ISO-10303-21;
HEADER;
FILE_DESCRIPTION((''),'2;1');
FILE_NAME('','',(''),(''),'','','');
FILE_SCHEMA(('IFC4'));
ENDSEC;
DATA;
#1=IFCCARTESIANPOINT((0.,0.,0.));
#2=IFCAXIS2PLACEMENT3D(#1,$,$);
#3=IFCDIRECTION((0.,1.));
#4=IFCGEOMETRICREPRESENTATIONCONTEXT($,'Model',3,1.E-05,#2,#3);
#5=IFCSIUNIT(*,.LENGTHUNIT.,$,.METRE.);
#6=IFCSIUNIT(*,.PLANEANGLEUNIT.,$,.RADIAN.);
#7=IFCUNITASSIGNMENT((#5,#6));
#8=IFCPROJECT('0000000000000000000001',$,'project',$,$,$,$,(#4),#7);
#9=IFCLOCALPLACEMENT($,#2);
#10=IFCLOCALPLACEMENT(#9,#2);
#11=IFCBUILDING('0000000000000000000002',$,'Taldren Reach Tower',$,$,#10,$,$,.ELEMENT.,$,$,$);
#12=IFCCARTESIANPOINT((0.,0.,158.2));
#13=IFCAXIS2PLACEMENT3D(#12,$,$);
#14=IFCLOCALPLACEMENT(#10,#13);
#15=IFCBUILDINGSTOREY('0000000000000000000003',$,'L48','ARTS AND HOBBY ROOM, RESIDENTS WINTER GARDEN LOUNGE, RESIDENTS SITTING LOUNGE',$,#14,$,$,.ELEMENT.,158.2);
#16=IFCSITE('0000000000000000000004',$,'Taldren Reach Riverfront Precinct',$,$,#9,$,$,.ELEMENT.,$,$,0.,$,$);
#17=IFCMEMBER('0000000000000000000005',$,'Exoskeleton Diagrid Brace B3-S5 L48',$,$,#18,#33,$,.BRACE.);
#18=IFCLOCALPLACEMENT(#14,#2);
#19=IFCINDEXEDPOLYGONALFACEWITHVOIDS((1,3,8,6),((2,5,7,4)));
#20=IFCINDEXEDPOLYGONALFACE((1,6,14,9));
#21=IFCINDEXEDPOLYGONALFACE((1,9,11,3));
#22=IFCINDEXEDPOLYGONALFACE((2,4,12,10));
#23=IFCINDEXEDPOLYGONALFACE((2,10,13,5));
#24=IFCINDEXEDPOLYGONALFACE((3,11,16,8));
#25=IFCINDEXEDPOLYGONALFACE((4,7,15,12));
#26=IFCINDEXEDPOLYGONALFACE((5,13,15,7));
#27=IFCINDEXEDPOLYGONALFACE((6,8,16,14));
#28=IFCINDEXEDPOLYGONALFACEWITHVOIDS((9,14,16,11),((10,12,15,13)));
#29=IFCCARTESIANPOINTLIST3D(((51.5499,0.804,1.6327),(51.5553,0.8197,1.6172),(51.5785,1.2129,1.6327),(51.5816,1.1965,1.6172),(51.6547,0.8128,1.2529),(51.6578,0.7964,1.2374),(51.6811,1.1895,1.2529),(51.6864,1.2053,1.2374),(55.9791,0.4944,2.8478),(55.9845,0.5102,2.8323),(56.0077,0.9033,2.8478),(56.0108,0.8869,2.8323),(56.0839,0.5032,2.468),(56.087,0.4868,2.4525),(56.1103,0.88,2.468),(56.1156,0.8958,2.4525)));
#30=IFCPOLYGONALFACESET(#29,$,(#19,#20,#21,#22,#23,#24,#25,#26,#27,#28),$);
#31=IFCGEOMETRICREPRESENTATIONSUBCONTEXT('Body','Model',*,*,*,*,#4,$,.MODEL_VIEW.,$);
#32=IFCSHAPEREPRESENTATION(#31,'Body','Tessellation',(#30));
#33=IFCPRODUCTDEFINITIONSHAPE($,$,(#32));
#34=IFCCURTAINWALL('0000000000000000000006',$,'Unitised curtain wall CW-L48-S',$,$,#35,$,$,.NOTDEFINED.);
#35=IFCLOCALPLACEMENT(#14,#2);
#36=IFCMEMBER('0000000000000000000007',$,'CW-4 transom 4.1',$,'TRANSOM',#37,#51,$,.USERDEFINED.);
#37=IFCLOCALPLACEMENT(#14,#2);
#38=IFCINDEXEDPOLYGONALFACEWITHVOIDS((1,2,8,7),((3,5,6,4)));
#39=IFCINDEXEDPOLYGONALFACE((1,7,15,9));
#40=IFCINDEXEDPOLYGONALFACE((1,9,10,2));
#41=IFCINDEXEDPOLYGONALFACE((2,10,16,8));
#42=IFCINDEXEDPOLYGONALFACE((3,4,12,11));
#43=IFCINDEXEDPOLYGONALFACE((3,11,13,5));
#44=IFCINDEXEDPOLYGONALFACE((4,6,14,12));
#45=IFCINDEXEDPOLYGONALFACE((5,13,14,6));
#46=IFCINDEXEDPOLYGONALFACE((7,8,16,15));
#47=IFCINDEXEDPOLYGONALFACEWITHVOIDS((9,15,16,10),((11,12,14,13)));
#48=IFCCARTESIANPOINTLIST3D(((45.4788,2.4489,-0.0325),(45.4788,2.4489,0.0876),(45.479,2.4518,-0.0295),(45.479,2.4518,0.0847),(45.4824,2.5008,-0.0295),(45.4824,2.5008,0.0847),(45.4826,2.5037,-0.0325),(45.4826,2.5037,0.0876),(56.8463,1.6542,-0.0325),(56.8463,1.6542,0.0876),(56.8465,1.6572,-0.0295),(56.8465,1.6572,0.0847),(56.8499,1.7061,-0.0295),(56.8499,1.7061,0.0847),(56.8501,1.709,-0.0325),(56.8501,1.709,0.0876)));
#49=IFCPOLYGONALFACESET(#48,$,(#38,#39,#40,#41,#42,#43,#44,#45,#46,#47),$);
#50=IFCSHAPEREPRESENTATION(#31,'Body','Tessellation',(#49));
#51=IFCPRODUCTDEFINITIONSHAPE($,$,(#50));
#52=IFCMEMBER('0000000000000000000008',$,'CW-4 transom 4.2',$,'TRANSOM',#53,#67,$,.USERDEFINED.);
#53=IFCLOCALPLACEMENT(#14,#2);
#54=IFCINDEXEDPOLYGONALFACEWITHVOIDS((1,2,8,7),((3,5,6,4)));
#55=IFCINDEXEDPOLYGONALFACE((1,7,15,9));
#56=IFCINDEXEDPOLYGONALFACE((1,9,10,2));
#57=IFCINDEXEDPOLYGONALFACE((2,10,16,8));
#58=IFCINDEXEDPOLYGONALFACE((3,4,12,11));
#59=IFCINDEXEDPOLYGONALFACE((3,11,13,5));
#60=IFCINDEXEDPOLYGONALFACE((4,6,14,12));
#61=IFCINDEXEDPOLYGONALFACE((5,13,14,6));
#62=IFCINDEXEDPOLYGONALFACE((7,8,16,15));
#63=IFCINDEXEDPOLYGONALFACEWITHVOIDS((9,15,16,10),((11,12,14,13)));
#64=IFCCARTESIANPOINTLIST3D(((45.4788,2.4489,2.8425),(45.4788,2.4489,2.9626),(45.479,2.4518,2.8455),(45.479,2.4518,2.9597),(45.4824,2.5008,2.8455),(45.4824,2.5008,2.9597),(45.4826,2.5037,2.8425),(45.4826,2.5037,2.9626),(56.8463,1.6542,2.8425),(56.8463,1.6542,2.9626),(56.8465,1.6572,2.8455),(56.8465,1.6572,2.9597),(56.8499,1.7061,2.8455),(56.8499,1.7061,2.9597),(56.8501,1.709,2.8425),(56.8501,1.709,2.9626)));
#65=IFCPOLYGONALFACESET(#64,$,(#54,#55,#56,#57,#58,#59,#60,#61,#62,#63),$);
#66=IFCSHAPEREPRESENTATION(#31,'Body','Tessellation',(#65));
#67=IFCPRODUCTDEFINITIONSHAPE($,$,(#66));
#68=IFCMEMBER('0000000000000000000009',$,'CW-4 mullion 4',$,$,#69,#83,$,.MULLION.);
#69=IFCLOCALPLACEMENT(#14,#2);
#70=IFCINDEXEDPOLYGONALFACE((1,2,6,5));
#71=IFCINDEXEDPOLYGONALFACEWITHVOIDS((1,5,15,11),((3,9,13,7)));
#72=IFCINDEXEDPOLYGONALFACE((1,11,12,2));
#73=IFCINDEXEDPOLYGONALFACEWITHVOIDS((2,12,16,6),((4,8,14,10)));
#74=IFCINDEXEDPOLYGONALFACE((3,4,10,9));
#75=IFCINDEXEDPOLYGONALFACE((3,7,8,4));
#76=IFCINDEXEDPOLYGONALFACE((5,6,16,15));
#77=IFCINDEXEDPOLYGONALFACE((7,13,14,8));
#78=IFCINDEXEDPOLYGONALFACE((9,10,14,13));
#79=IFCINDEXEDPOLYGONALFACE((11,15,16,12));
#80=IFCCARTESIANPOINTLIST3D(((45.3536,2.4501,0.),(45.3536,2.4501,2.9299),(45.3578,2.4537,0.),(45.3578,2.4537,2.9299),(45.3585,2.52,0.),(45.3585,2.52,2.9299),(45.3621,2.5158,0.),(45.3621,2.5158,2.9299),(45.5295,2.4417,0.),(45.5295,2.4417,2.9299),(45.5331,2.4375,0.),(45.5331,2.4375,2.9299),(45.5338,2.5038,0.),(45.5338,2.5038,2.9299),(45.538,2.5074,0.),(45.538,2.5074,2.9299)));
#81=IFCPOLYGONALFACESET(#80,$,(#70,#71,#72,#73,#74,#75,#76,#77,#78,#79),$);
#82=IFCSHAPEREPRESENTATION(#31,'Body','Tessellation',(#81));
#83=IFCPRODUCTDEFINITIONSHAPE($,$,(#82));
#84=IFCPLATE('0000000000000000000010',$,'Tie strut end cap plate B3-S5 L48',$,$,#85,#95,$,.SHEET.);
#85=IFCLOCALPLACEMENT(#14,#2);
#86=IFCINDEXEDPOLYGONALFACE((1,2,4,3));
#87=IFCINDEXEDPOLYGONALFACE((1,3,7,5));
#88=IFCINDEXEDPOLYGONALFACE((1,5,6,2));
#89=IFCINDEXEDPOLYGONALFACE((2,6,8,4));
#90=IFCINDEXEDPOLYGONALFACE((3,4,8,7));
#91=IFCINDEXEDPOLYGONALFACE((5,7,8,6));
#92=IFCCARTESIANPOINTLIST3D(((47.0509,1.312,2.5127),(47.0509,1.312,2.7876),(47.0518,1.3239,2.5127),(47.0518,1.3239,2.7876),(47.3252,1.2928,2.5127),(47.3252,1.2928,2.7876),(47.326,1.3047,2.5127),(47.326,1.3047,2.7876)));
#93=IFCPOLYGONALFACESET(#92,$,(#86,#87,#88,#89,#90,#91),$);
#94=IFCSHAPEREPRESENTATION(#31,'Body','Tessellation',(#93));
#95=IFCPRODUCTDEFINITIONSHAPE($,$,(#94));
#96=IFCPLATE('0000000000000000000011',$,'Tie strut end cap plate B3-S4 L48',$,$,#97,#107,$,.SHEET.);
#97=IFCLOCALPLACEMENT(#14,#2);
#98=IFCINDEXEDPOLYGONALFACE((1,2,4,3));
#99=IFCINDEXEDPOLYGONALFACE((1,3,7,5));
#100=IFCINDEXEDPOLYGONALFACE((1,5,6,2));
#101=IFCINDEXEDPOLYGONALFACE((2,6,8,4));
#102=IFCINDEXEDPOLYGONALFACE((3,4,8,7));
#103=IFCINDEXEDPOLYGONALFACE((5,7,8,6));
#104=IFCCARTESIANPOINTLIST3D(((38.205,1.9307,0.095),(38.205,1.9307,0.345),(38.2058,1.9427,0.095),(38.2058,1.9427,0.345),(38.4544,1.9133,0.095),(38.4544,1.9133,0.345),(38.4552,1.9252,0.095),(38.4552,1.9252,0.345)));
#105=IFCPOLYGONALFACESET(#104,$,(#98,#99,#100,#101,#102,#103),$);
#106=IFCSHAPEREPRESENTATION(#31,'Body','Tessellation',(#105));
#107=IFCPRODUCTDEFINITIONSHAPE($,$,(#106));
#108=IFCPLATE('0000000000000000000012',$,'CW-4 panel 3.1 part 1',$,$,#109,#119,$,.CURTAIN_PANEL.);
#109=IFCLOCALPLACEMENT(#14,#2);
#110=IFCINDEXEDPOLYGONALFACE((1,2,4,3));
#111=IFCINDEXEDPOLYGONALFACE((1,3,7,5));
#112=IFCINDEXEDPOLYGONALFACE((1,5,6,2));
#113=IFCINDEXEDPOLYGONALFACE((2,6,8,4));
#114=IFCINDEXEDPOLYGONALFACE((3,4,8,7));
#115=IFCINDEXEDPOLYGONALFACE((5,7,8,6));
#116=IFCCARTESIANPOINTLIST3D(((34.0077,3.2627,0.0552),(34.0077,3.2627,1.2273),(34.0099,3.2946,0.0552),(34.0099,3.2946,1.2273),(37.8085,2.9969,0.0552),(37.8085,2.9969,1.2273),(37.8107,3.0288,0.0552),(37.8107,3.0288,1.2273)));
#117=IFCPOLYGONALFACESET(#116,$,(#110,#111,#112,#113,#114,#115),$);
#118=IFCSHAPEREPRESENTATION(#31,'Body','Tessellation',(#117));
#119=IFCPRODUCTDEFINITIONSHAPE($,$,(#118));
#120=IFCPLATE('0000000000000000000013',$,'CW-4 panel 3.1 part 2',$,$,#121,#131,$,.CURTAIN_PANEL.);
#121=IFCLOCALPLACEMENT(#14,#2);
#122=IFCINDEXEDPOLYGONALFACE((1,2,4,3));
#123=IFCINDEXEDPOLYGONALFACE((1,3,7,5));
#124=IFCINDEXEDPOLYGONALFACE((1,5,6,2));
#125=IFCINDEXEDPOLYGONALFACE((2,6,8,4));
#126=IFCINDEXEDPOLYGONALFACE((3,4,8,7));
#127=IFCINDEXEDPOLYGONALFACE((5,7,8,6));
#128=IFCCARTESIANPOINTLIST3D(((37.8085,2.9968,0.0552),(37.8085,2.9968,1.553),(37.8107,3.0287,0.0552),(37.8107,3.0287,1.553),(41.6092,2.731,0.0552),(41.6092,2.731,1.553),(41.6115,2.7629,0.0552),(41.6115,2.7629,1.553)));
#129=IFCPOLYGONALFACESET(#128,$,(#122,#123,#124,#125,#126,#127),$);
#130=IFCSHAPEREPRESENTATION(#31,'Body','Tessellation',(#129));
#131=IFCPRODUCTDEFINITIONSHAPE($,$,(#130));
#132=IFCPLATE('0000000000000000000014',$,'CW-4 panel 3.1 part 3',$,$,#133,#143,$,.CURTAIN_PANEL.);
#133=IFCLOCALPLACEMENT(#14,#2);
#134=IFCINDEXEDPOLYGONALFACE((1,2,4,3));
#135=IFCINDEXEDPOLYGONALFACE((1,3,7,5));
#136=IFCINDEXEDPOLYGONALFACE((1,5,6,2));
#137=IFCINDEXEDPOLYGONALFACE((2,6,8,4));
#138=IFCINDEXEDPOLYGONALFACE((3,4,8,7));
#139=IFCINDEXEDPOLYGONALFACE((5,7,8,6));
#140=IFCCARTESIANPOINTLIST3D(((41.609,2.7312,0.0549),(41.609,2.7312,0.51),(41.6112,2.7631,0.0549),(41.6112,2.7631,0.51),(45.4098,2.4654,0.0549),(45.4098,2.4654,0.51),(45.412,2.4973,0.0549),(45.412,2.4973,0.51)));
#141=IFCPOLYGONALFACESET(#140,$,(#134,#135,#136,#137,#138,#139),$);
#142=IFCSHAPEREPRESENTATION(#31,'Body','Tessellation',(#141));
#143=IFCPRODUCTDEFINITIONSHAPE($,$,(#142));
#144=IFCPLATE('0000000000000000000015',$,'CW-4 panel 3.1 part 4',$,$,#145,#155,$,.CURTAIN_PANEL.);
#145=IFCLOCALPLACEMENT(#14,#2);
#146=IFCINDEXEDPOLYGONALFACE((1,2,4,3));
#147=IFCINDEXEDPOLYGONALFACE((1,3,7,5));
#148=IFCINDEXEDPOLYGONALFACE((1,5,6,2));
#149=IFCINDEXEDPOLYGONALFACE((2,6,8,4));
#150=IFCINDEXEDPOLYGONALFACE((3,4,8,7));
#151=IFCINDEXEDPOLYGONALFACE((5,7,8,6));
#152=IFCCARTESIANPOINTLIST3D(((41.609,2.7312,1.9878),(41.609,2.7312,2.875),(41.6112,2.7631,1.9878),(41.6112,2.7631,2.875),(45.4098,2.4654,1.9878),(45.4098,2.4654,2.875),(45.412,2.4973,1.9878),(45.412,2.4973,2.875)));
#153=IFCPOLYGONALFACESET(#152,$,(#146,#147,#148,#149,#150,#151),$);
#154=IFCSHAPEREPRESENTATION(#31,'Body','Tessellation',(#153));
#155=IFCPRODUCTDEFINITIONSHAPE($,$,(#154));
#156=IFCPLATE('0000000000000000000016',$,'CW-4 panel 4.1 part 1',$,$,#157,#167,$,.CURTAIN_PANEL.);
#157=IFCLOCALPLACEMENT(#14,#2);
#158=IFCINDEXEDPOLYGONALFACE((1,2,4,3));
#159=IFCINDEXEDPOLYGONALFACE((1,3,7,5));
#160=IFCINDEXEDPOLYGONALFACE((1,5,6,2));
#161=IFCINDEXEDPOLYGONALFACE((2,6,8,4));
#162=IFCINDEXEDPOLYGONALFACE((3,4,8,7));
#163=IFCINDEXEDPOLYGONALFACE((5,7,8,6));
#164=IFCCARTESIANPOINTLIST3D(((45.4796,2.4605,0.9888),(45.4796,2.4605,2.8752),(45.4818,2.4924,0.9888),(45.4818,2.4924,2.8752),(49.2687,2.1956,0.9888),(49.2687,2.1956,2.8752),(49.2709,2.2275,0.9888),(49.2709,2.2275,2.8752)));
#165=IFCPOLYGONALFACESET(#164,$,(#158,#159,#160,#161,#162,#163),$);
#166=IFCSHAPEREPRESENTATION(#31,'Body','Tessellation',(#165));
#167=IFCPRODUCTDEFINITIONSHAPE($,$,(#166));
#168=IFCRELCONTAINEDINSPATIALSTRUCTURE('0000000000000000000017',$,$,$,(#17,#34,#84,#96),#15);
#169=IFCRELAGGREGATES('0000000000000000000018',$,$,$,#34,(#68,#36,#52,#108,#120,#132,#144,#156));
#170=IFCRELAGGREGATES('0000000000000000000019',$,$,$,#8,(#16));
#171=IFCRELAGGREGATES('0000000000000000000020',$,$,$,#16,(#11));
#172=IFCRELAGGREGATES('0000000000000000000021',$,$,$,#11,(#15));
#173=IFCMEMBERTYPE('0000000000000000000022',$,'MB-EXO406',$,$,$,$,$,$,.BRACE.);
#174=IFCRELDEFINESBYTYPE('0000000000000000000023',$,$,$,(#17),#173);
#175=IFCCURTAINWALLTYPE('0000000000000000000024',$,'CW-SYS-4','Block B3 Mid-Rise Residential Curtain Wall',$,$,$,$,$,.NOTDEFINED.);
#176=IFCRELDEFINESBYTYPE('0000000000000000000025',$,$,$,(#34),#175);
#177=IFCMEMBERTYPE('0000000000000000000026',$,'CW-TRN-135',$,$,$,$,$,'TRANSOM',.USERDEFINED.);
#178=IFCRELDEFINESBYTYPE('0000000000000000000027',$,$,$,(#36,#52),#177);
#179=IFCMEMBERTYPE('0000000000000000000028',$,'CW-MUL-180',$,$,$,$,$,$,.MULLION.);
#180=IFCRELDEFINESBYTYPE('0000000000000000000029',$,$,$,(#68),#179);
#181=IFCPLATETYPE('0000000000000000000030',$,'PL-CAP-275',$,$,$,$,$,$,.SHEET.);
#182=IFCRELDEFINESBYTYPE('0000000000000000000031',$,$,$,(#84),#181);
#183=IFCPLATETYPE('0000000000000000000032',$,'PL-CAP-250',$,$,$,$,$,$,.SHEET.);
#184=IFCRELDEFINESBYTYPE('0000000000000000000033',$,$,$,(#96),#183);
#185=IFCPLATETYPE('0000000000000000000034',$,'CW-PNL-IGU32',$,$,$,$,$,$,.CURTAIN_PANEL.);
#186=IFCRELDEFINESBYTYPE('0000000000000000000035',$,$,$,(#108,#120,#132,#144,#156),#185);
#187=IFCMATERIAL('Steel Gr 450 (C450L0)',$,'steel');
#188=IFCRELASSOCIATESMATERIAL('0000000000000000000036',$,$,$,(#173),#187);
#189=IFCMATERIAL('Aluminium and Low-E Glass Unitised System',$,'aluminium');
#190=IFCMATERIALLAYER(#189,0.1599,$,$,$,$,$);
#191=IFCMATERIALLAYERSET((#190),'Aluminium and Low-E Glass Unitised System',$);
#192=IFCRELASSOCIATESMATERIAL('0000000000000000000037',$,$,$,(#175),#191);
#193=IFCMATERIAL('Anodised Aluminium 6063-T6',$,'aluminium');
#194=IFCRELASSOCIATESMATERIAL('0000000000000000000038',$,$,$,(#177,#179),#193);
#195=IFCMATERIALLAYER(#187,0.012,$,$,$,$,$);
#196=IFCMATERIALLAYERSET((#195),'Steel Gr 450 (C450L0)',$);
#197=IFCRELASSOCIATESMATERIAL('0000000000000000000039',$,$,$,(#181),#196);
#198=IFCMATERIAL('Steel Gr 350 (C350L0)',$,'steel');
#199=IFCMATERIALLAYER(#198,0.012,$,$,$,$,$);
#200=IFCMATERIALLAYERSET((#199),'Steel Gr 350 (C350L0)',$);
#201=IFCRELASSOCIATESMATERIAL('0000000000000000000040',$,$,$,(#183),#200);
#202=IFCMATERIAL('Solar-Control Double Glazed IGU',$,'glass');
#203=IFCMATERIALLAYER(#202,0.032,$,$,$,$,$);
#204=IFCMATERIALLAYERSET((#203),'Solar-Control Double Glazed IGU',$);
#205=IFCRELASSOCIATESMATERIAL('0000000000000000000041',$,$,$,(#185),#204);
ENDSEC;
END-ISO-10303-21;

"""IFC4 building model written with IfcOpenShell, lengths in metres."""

from ifc_helpers import new_model, si_unit, direction, frame, origin, origin_2d, place, context, subcontext, project, spatial, rectangle, hollow_rectangle, extrude, source, transform, mapped, material, layer, layer_set, material_profile, profile_set, type_object, element, aggregate, save


model = new_model("IFC4")

# Units and contexts
model_context = context("Model", 3, precision=1e-05, world=origin(), true_north=direction((0.0, 1.0)))
body_context = subcontext(model_context, "Body", "Model", "MODEL_VIEW")
ifc_project = project(units=[si_unit("LENGTHUNIT", "METRE"), si_unit("PLANEANGLEUNIT", "RADIAN")], contexts=[model_context])

# Site, building, storey
site_placement = place(None, origin())
site = spatial("IfcSite", under=ifc_project, at=site_placement, Name="Taldren Reach Riverfront Precinct", CompositionType="ELEMENT", RefElevation=0.0)
building_placement = place(site_placement, origin())
building = spatial("IfcBuilding", under=site, at=building_placement, Name="Taldren Reach Tower", CompositionType="ELEMENT")
storey_placement = place(building_placement, frame((0.0, 0.0, 158.2)))
storey = spatial("IfcBuildingStorey", under=building, at=storey_placement, Name="L48", Description="ARTS AND HOBBY ROOM, RESIDENTS WINTER GARDEN LOUNGE, RESIDENTS SITTING LOUNGE", CompositionType="ELEMENT", Elevation=158.2)

# Shared definitions
ifc_material_1 = material(Name="Steel Gr 450 (C450L0)", Category="steel")
ifc_material_2 = material(Name="Steel Gr 350 (C350L0)", Category="steel")

# Member
ifc_material_profile_1 = material_profile(ifc_material_1, hollow_rectangle(XDim=0.4099, YDim=0.4099, WallThickness=0.0161, at=origin_2d()), Name="410x410x16.0SHS")
ifc_profile_set_1 = profile_set([ifc_material_profile_1], Name="Steel Gr 450 (C450L0)")
member_type_1 = type_object("IfcMemberType", Name="MB-EXO406", PredefinedType="BRACE", material=ifc_profile_set_1)
shared_shape_1 = source(origin(), body_context, "Body", "SweptSolid", [
    extrude(hollow_rectangle(XDim=0.4099, YDim=0.4099, WallThickness=0.0161, at=origin_2d()), origin(), (0.0, 0.0, 1.0), 4.6033),
])
for number, where, z_axis, x_axis, name in (
    (1, (51.6182, 1.0046, 1.4351), (0.962186, -0.06725, 0.263962), (0.069723, 0.997566, 0.0), "Exoskeleton Diagrid Brace B3-S5 L48"),
):
    element("IfcMember", number, at=place(storey_placement, frame(where, z_axis=z_axis, x_axis=x_axis)), inside=storey, type_object=member_type_1, Name=name, PredefinedType="BRACE", context=body_context, shape_type="MappedRepresentation", body=[
        mapped(shared_shape_1, transform((0.0, 0.0, 0.0), scale=1.0)),
    ])

# Curtain wall, members
ifc_material_3 = material(Name="Aluminium and Low-E Glass Unitised System", Category="aluminium")
ifc_layer_1 = layer(ifc_material_3, 0.1599)
ifc_layer_set_1 = layer_set([ifc_layer_1], Name="Aluminium and Low-E Glass Unitised System")
curtain_wall_type = type_object("IfcCurtainWallType", Name="CW-SYS-4", Description="Block B3 Mid-Rise Residential Curtain Wall", PredefinedType="NOTDEFINED", material=ifc_layer_set_1)
curtain_wall_placement = place(storey_placement, origin())
curtain_wall = element("IfcCurtainWall", 2, at=curtain_wall_placement, inside=storey, type_object=curtain_wall_type, Name="Unitised curtain wall CW-L48-S", PredefinedType="NOTDEFINED")
ifc_material_4 = material(Name="Anodised Aluminium 6063-T6", Category="aluminium")
ifc_material_profile_2 = material_profile(ifc_material_4, hollow_rectangle(XDim=0.0549, YDim=0.1201, WallThickness=0.0029, at=origin_2d()), Name="ALU-120x55x3RHS")
ifc_profile_set_2 = profile_set([ifc_material_profile_2], Name="Anodised Aluminium 6063-T6")
member_type_2 = type_object("IfcMemberType", Name="CW-TRN-135", ElementType="TRANSOM", PredefinedType="USERDEFINED", material=ifc_profile_set_2)
shared_shape_2 = source(origin(), body_context, "Body", "SweptSolid", [
    extrude(hollow_rectangle(XDim=0.0549, YDim=0.1201, WallThickness=0.0029, at=origin_2d()), origin(), (0.0, 0.0, 1.0), 11.3953),
])
member_1_placement = place(storey_placement, frame((45.4807, 2.4763, 0.0276), z_axis=(0.997565, -0.069738, 0.0), x_axis=(0.069738, 0.997565, 0.0)))
member_1 = element("IfcMember", 3, at=member_1_placement, type_object=member_type_2, Name="CW-4 transom 4.1", ObjectType="TRANSOM", PredefinedType="USERDEFINED", context=body_context, shape_type="MappedRepresentation", body=[
    mapped(shared_shape_2, transform((0.0, 0.0, 0.0), scale=1.0)),
])
member_2_placement = place(storey_placement, frame((45.4807, 2.4763, 2.9026), z_axis=(0.997565, -0.069738, 0.0), x_axis=(0.069738, 0.997565, 0.0)))
member_2 = element("IfcMember", 4, at=member_2_placement, type_object=member_type_2, Name="CW-4 transom 4.2", ObjectType="TRANSOM", PredefinedType="USERDEFINED", context=body_context, shape_type="MappedRepresentation", body=[
    mapped(shared_shape_2, transform((0.0, 0.0, 0.0), scale=1.0)),
])
ifc_material_profile_3 = material_profile(ifc_material_4, hollow_rectangle(XDim=0.0701, YDim=0.1799, WallThickness=0.0039, at=origin_2d()), Name="ALU-180x70x4RHS")
ifc_profile_set_3 = profile_set([ifc_material_profile_3], Name="Anodised Aluminium 6063-T6")
member_type_3 = type_object("IfcMemberType", Name="CW-MUL-180", PredefinedType="MULLION", material=ifc_profile_set_3)
shared_shape_3 = source(origin(), body_context, "Body", "SweptSolid", [
    extrude(hollow_rectangle(XDim=0.0701, YDim=0.1799, WallThickness=0.0039, at=origin_2d()), origin(), (0.0, 0.0, 1.0), 2.9299),
])
member_3_placement = place(storey_placement, frame((45.4458, 2.4788, 0.0), z_axis=(0.0, 0.0, 1.0), x_axis=(0.069757, 0.997564, 0.0)))
member_3 = element("IfcMember", 5, at=member_3_placement, type_object=member_type_3, Name="CW-4 mullion 4", PredefinedType="MULLION", context=body_context, shape_type="MappedRepresentation", body=[
    mapped(shared_shape_3, transform((0.0, 0.0, 0.0), scale=1.0)),
])

# Plates
ifc_layer_2 = layer(ifc_material_1, 0.012)
ifc_layer_set_2 = layer_set([ifc_layer_2], Name="Steel Gr 450 (C450L0)")
plate_type_1 = type_object("IfcPlateType", Name="PL-CAP-275", PredefinedType="SHEET", material=ifc_layer_set_2)
shared_shape_4 = source(origin(), body_context, "Body", "SweptSolid", [
    extrude(rectangle(XDim=0.2749, YDim=0.012, at=origin_2d()), origin(), (0.0, 0.0, 1.0), 0.2749),
])
plate_1_placement = place(storey_placement, frame((47.1885, 1.3083, 2.5127), z_axis=(0.0, 0.0, 1.0), x_axis=(0.997564, -0.069756, 0.0)))
element("IfcPlate", 6, at=plate_1_placement, inside=storey, type_object=plate_type_1, Name="Tie strut end cap plate B3-S5 L48", PredefinedType="SHEET", context=body_context, shape_type="MappedRepresentation", body=[
    mapped(shared_shape_4, transform((0.0, 0.0, 0.0), scale=1.0)),
])
ifc_layer_3 = layer(ifc_material_2, 0.012)
ifc_layer_set_3 = layer_set([ifc_layer_3], Name="Steel Gr 350 (C350L0)")
plate_type_2 = type_object("IfcPlateType", Name="PL-CAP-250", PredefinedType="SHEET", material=ifc_layer_set_3)
shared_shape_5 = source(origin(), body_context, "Body", "SweptSolid", [
    extrude(rectangle(XDim=0.25, YDim=0.012, at=origin_2d()), origin(), (0.0, 0.0, 1.0), 0.25),
])
plate_2_placement = place(storey_placement, frame((38.3301, 1.928, 0.095), z_axis=(0.0, 0.0, 1.0), x_axis=(0.997564, -0.069756, 0.0)))
element("IfcPlate", 7, at=plate_2_placement, inside=storey, type_object=plate_type_2, Name="Tie strut end cap plate B3-S4 L48", PredefinedType="SHEET", context=body_context, shape_type="MappedRepresentation", body=[
    mapped(shared_shape_5, transform((0.0, 0.0, 0.0), scale=1.0)),
])

# Plates
ifc_material_5 = material(Name="Solar-Control Double Glazed IGU", Category="glass")
ifc_layer_4 = layer(ifc_material_5, 0.032)
ifc_layer_set_4 = layer_set([ifc_layer_4], Name="Solar-Control Double Glazed IGU")
plate_type_3 = type_object("IfcPlateType", Name="CW-PNL-IGU32", PredefinedType="CURTAIN_PANEL", material=ifc_layer_set_4)
shared_shape_6 = source(origin(), body_context, "Body", "SweptSolid", [
    extrude(rectangle(XDim=3.8101, YDim=0.032, at=origin_2d()), origin(), (0.0, 0.0, 1.0), 1.1721),
])
plate_3_placement = place(storey_placement, frame((35.9092, 3.1458, 0.0552), z_axis=(0.0, 0.0, 1.0), x_axis=(0.997564, -0.069757, 0.0)))
plate_3 = element("IfcPlate", 8, at=plate_3_placement, type_object=plate_type_3, Name="CW-4 panel 3.1 part 1", PredefinedType="CURTAIN_PANEL", context=body_context, shape_type="MappedRepresentation", body=[
    mapped(shared_shape_6, transform((0.0, 0.0, 0.0), scale=1.0)),
])
shared_shape_7 = source(origin(), body_context, "Body", "SweptSolid", [
    extrude(rectangle(XDim=3.8101, YDim=0.032, at=origin_2d()), origin(), (0.0, 0.0, 1.0), 1.4978),
])
plate_4_placement = place(storey_placement, frame((39.71, 2.8799, 0.0552), z_axis=(0.0, 0.0, 1.0), x_axis=(0.997564, -0.069757, 0.0)))
plate_4 = element("IfcPlate", 9, at=plate_4_placement, type_object=plate_type_3, Name="CW-4 panel 3.1 part 2", PredefinedType="CURTAIN_PANEL", context=body_context, shape_type="MappedRepresentation", body=[
    mapped(shared_shape_7, transform((0.0, 0.0, 0.0), scale=1.0)),
])
shared_shape_8 = source(origin(), body_context, "Body", "SweptSolid", [
    extrude(rectangle(XDim=3.8101, YDim=0.032, at=origin_2d()), origin(), (0.0, 0.0, 1.0), 0.4551),
])
plate_5_placement = place(storey_placement, frame((43.5105, 2.6143, 0.0549), z_axis=(0.0, 0.0, 1.0), x_axis=(0.997564, -0.069757, 0.0)))
plate_5 = element("IfcPlate", 10, at=plate_5_placement, type_object=plate_type_3, Name="CW-4 panel 3.1 part 3", PredefinedType="CURTAIN_PANEL", context=body_context, shape_type="MappedRepresentation", body=[
    mapped(shared_shape_8, transform((0.0, 0.0, 0.0), scale=1.0)),
])
shared_shape_9 = source(origin(), body_context, "Body", "SweptSolid", [
    extrude(rectangle(XDim=3.8101, YDim=0.032, at=origin_2d()), origin(), (0.0, 0.0, 1.0), 0.8872),
])
plate_6_placement = place(storey_placement, frame((43.5105, 2.6143, 1.9878), z_axis=(0.0, 0.0, 1.0), x_axis=(0.997564, -0.069757, 0.0)))
plate_6 = element("IfcPlate", 11, at=plate_6_placement, type_object=plate_type_3, Name="CW-4 panel 3.1 part 4", PredefinedType="CURTAIN_PANEL", context=body_context, shape_type="MappedRepresentation", body=[
    mapped(shared_shape_9, transform((0.0, 0.0, 0.0), scale=1.0)),
])
shared_shape_10 = source(origin(), body_context, "Body", "SweptSolid", [
    extrude(rectangle(XDim=3.7983, YDim=0.032, at=origin_2d()), origin(), (0.0, 0.0, 1.0), 1.8865),
])
plate_7_placement = place(storey_placement, frame((47.3752, 2.344, 0.9888), z_axis=(0.0, 0.0, 1.0), x_axis=(0.997564, -0.069757, 0.0)))
plate_7 = element("IfcPlate", 12, at=plate_7_placement, type_object=plate_type_3, Name="CW-4 panel 4.1 part 1", PredefinedType="CURTAIN_PANEL", context=body_context, shape_type="MappedRepresentation", body=[
    mapped(shared_shape_10, transform((0.0, 0.0, 0.0), scale=1.0)),
])
aggregate(curtain_wall, [member_3, member_1, member_2, plate_3, plate_4, plate_5, plate_6, plate_7])

save(model, "model.ifc")
